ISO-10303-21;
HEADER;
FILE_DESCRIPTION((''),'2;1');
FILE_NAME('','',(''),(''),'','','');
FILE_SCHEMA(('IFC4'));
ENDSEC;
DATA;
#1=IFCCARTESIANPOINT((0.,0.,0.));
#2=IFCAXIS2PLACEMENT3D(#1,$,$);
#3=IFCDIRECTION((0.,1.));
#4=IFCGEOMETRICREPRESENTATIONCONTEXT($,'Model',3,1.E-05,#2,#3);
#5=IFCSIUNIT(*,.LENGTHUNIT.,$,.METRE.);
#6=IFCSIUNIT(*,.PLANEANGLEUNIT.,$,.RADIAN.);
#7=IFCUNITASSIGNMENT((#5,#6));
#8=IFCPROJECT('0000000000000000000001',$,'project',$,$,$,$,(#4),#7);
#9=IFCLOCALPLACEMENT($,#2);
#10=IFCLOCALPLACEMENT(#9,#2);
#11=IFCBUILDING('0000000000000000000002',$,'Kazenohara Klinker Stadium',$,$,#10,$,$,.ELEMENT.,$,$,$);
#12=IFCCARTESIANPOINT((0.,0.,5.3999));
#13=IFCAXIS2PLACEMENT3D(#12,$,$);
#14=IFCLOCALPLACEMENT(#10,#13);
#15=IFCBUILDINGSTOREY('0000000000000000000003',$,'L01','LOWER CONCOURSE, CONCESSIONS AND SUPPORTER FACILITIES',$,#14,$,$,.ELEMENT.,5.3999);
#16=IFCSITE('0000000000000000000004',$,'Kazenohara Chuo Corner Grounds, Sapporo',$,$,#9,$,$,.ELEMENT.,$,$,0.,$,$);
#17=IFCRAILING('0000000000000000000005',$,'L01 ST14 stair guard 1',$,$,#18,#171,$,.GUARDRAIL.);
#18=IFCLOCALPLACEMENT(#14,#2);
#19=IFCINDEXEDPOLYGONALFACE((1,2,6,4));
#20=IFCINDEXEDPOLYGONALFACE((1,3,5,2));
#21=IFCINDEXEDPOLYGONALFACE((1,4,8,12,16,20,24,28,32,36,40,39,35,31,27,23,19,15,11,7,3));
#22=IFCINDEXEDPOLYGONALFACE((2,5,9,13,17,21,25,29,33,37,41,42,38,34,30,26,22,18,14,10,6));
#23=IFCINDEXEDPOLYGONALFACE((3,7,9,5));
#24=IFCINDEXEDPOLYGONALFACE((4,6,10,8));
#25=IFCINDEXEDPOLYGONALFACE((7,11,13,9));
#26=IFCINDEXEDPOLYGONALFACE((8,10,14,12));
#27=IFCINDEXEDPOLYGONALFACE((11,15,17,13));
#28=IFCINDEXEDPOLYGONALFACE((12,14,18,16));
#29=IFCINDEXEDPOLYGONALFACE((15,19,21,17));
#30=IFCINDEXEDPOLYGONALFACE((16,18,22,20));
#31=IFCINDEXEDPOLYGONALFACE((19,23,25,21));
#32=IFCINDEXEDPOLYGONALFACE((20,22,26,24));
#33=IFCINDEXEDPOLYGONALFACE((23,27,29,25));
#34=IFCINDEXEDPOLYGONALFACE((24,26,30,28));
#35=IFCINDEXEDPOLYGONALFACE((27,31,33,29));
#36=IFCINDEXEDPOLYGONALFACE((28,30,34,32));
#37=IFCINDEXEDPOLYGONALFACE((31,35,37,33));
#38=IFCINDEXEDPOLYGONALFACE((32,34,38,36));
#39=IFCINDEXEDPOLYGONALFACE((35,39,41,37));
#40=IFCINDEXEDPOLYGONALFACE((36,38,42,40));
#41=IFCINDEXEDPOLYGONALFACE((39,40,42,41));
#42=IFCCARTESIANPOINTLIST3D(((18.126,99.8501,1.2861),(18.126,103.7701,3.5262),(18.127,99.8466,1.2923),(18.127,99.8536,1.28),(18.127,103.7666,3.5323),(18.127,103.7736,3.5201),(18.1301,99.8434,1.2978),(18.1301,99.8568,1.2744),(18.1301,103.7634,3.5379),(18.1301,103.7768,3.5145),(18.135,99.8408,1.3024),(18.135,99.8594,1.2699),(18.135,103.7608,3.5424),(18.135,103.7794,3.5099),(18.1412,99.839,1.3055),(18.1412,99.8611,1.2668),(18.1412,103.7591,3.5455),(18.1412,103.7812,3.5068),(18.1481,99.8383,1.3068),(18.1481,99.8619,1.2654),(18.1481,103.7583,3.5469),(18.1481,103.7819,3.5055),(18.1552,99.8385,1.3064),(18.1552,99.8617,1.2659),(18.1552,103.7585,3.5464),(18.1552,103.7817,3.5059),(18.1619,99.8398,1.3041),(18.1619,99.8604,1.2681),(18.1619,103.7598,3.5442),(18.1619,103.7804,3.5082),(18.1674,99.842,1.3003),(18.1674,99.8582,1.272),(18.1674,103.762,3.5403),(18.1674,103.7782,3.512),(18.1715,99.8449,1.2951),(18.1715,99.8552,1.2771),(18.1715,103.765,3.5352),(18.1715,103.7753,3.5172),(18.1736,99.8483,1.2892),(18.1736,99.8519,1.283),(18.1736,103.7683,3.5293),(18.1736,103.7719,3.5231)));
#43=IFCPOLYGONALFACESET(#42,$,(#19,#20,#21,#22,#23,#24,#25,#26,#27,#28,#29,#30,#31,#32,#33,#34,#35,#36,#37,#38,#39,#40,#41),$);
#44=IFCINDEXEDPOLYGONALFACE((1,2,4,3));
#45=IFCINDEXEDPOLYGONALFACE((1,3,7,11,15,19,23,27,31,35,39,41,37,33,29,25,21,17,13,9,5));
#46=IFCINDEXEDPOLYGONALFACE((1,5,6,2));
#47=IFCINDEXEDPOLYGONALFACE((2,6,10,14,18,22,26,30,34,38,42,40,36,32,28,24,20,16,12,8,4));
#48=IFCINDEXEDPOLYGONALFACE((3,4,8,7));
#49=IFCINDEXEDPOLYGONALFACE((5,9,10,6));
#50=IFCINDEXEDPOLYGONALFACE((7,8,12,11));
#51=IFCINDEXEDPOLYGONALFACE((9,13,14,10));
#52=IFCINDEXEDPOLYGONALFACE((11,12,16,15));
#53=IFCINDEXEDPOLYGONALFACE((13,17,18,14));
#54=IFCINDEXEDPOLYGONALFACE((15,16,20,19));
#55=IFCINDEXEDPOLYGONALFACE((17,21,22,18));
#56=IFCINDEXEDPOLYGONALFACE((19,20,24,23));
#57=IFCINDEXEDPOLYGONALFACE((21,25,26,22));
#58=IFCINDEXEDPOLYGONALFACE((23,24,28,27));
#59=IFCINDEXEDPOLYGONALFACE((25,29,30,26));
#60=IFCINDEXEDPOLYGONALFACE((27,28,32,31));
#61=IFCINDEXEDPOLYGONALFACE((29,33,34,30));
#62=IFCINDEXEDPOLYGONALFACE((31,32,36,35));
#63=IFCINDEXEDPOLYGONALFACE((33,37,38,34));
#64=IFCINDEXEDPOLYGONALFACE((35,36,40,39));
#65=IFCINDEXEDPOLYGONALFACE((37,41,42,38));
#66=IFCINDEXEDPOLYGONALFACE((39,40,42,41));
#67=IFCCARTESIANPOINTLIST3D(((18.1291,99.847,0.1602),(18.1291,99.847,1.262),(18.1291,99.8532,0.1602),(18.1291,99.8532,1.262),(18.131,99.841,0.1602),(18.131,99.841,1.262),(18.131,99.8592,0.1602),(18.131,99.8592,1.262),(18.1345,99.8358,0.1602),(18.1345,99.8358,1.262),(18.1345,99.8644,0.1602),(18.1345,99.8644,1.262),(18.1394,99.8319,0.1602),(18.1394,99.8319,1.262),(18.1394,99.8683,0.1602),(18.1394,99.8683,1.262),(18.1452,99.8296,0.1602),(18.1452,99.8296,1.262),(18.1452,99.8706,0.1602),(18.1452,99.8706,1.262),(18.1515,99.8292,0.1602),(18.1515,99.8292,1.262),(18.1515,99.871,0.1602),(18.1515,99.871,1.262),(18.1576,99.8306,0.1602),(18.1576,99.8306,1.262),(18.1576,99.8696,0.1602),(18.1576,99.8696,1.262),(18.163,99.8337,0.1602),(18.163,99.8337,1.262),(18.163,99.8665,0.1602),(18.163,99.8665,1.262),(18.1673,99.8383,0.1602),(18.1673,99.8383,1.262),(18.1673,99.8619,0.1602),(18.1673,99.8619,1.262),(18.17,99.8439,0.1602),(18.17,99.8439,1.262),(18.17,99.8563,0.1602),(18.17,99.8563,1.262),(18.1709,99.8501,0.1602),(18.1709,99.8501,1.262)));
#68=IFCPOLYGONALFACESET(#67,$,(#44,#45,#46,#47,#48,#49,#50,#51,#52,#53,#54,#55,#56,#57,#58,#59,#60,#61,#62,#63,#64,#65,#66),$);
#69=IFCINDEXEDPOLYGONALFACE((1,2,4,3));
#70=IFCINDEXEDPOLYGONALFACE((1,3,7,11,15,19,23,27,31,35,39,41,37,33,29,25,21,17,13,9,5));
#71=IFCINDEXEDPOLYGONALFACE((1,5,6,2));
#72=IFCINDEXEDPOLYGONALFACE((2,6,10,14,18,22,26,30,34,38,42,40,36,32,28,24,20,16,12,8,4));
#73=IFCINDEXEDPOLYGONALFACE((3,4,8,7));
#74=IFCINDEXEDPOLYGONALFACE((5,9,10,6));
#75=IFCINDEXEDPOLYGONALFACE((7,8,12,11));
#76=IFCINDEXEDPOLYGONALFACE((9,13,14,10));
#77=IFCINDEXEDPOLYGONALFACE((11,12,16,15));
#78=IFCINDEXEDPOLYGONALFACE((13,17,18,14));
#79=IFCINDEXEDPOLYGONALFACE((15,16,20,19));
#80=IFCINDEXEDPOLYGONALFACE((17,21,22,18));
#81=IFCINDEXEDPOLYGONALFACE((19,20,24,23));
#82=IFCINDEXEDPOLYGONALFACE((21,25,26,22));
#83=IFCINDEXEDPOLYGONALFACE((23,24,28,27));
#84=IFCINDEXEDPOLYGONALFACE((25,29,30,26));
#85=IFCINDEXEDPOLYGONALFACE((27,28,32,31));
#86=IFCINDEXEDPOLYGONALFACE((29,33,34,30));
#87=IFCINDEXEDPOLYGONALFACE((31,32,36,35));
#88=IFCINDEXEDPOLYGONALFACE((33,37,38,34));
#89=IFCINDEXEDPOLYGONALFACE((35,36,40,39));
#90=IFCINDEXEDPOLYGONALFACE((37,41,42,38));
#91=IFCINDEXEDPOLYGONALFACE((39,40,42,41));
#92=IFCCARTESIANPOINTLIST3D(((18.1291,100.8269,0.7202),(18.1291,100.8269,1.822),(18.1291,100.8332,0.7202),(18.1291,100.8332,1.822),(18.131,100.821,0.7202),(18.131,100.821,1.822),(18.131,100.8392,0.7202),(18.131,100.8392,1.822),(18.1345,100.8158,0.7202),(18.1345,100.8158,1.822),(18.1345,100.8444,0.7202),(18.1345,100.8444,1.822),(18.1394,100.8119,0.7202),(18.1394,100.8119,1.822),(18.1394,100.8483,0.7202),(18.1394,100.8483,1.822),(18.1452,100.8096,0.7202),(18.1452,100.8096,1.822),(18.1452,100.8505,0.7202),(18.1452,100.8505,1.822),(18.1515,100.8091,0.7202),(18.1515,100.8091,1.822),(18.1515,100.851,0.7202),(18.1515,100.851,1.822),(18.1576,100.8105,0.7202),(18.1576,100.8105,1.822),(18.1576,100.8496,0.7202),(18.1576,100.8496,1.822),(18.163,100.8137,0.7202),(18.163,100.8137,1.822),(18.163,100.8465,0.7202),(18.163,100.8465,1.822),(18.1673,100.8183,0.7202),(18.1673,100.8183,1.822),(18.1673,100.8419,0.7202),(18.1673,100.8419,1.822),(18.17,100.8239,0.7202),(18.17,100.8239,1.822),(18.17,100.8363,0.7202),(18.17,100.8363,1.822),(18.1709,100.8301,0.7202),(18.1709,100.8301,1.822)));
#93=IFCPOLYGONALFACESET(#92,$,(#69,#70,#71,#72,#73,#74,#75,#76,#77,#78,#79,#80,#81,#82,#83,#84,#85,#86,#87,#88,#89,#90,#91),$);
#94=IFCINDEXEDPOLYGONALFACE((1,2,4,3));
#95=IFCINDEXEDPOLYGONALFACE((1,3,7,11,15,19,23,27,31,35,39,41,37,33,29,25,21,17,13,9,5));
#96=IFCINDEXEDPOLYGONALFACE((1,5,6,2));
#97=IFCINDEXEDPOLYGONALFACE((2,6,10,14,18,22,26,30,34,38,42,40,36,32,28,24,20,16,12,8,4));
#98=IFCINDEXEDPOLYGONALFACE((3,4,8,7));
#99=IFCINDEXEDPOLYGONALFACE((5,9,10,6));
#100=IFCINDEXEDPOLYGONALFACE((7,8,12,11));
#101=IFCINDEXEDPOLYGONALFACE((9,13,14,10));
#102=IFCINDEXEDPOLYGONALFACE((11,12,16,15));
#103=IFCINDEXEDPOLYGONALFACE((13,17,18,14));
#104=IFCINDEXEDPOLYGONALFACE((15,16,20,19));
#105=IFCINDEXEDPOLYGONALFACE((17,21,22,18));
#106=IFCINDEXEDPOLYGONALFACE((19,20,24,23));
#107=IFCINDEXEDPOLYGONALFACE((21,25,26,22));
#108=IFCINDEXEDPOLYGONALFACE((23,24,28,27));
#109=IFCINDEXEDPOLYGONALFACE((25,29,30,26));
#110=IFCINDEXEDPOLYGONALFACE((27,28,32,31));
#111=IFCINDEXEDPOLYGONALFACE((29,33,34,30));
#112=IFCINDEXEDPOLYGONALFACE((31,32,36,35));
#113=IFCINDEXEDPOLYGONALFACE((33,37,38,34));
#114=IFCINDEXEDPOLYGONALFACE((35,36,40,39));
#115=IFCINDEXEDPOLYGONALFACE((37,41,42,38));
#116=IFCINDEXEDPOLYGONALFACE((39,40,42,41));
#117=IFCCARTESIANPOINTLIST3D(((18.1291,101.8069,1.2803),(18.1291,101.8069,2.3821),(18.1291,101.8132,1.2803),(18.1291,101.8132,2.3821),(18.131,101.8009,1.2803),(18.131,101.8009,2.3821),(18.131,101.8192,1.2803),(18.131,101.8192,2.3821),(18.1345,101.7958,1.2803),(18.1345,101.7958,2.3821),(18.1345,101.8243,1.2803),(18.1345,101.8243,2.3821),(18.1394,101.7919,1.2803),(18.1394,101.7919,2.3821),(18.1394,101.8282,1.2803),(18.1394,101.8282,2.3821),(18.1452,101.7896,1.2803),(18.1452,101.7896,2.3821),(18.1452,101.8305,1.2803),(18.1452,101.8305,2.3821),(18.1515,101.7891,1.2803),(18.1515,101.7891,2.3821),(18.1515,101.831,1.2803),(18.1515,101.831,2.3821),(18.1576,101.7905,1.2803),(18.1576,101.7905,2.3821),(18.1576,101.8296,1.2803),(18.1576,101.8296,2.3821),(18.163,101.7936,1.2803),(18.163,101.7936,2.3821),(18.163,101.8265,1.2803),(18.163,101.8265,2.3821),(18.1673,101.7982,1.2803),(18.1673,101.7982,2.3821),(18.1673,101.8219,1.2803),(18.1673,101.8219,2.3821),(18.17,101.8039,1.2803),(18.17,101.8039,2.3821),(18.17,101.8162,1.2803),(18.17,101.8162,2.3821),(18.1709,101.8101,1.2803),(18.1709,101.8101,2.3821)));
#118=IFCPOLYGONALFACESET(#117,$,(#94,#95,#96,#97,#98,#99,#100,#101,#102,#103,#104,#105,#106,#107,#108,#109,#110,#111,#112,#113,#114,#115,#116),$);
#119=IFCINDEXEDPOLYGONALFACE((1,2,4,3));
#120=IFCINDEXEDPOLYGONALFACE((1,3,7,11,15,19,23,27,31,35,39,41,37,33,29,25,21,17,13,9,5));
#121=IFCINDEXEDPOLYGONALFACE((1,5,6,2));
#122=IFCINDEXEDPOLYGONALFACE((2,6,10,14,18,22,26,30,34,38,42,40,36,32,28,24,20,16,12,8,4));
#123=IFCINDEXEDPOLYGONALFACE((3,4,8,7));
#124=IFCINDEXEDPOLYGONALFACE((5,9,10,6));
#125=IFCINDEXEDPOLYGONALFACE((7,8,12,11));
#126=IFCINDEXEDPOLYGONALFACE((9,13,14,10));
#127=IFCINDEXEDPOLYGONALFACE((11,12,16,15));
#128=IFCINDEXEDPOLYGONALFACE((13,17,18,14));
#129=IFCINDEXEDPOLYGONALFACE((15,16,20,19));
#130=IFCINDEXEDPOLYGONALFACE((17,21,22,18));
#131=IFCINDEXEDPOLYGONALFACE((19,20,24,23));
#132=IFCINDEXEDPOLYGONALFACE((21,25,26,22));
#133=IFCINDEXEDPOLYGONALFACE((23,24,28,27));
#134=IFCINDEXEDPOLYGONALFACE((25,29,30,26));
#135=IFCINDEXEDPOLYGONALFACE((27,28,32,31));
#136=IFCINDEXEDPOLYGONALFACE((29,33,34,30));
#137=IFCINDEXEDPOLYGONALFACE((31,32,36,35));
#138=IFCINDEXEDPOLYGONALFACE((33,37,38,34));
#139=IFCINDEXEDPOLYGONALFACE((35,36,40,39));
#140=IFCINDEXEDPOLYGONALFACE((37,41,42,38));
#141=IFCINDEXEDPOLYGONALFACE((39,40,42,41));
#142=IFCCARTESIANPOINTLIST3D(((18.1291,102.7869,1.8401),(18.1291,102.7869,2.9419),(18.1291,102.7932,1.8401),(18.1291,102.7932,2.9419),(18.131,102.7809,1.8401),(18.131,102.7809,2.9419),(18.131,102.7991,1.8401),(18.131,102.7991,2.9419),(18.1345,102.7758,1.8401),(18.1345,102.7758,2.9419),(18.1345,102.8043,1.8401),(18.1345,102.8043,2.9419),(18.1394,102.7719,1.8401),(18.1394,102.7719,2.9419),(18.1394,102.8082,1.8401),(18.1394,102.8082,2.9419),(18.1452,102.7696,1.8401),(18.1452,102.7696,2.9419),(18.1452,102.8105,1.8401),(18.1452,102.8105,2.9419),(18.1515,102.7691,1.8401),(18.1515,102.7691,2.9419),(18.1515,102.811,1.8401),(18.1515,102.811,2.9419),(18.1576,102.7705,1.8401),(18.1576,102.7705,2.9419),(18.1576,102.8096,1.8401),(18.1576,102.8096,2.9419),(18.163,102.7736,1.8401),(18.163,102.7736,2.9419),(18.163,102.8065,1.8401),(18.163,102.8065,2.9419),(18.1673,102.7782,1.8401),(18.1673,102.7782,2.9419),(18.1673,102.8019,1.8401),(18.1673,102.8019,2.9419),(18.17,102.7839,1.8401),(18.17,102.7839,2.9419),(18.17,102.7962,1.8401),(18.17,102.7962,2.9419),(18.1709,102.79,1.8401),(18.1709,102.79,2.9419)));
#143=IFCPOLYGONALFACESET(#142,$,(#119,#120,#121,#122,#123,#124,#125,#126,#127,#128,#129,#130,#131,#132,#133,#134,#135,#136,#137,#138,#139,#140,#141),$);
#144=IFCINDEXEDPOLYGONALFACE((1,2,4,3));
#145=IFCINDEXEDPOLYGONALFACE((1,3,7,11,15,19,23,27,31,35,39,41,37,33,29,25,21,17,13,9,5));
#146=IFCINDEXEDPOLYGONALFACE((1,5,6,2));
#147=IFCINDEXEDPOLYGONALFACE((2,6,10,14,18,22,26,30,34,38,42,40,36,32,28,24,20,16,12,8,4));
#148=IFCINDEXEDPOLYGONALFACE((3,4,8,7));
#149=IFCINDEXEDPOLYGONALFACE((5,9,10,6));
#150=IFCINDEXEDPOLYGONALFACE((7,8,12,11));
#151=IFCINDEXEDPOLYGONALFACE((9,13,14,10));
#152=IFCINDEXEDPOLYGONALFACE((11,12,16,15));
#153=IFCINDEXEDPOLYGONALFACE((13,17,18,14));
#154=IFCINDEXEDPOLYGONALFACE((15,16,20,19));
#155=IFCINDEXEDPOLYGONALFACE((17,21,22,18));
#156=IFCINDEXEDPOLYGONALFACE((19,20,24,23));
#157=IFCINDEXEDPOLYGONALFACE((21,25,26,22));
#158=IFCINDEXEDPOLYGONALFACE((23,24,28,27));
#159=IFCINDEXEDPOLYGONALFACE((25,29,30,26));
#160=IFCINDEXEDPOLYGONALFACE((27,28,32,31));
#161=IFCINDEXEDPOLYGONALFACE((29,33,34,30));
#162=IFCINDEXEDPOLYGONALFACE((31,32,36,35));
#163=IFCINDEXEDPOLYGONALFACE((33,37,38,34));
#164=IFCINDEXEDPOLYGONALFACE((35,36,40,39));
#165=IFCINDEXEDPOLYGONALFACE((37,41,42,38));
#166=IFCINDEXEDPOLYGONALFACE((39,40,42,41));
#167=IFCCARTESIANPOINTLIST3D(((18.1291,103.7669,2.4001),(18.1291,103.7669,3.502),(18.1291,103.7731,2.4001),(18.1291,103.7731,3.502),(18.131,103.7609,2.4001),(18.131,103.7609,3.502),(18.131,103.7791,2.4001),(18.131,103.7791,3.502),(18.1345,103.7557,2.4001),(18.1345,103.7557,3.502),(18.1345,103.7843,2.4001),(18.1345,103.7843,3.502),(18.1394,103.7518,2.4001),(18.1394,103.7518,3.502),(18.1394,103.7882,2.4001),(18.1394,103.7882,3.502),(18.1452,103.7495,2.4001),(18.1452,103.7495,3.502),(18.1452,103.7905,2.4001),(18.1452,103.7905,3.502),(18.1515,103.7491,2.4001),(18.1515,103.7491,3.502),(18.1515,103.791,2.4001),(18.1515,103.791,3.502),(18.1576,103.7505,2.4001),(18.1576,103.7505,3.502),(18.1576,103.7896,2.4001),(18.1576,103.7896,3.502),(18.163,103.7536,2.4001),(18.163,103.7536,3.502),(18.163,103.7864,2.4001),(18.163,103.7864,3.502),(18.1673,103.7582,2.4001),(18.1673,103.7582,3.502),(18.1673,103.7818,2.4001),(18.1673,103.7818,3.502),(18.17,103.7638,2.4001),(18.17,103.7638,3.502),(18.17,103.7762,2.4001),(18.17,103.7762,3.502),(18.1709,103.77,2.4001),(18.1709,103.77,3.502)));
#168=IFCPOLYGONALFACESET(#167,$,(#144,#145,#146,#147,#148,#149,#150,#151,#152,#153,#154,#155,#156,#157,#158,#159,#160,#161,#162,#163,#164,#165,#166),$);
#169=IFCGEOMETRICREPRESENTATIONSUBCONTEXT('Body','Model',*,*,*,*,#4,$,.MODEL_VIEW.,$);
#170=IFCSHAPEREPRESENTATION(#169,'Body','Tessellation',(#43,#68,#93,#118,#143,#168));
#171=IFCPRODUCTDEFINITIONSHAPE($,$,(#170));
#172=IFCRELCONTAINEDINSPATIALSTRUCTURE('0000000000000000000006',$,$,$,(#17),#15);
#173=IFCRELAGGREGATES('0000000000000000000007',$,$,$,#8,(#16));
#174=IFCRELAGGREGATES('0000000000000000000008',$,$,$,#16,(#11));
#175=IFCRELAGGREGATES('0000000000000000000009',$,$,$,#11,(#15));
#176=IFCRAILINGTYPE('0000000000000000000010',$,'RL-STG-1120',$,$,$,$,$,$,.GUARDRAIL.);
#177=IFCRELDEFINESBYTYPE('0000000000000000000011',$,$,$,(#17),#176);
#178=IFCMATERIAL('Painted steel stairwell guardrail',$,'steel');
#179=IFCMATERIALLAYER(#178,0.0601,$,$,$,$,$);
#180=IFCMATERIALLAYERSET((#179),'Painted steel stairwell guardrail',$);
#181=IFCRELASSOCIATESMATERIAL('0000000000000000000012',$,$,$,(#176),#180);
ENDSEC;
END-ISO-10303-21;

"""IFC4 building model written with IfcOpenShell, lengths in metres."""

from ifc_helpers import new_model, si_unit, direction, frame, origin, origin_2d, place, context, subcontext, project, spatial, circle, extrude, material, layer, layer_set, type_object, element, save


model = new_model("IFC4")

# Units and contexts
model_context = context("Model", 3, precision=1e-05, world=origin(), true_north=direction((0.0, 1.0)))
body_context = subcontext(model_context, "Body", "Model", "MODEL_VIEW")
ifc_project = project(units=[si_unit("LENGTHUNIT", "METRE"), si_unit("PLANEANGLEUNIT", "RADIAN")], contexts=[model_context])

# Site, building, storey
site_placement = place(None, origin())
site = spatial("IfcSite", under=ifc_project, at=site_placement, Name="Kazenohara Chuo Corner Grounds, Sapporo", CompositionType="ELEMENT", RefElevation=0.0)
building_placement = place(site_placement, origin())
building = spatial("IfcBuilding", under=site, at=building_placement, Name="Kazenohara Klinker Stadium", CompositionType="ELEMENT")
storey_placement = place(building_placement, frame((0.0, 0.0, 5.3999)))
storey = spatial("IfcBuildingStorey", under=building, at=storey_placement, Name="L01", Description="LOWER CONCOURSE, CONCESSIONS AND SUPPORTER FACILITIES", CompositionType="ELEMENT", Elevation=5.3999)

# Railing
ifc_material_1 = material(Name="Painted steel stairwell guardrail", Category="steel")
ifc_layer_1 = layer(ifc_material_1, 0.0601)
ifc_layer_set_1 = layer_set([ifc_layer_1], Name="Painted steel stairwell guardrail")
railing_type_1 = type_object("IfcRailingType", Name="RL-STG-1120", PredefinedType="GUARDRAIL", material=ifc_layer_set_1)
railing_1_placement = place(storey_placement, frame((18.1499, 99.8501, 0.1602)))
element("IfcRailing", 1, at=railing_1_placement, inside=storey, type_object=railing_type_1, Name="L01 ST14 stair guard 1", PredefinedType="GUARDRAIL", context=body_context, shape_type="SweptSolid", body=[
    extrude(circle(Radius=0.0239, at=origin_2d()), frame((0.0, 0.0, 1.126), z_axis=(0.0, 0.86824, 0.496145), x_axis=(-1.0, 0.0, 0.0)), (0.0, 0.0, 1.0), 4.5149),
    extrude(circle(Radius=0.021, at=origin_2d()), origin(), (0.0, 0.0, 1.0), 1.1018),
    extrude(circle(Radius=0.021, at=origin_2d()), frame((0.0, 0.98, 0.5601)), (0.0, 0.0, 1.0), 1.1018),
    extrude(circle(Radius=0.021, at=origin_2d()), frame((0.0, 1.96, 1.1201)), (0.0, 0.0, 1.0), 1.1018),
    extrude(circle(Radius=0.021, at=origin_2d()), frame((0.0, 2.9399, 1.6799)), (0.0, 0.0, 1.0), 1.1018),
    extrude(circle(Radius=0.021, at=origin_2d()), frame((0.0, 3.9199, 2.24)), (0.0, 0.0, 1.0), 1.1018),
])

save(model, "model.ifc")
